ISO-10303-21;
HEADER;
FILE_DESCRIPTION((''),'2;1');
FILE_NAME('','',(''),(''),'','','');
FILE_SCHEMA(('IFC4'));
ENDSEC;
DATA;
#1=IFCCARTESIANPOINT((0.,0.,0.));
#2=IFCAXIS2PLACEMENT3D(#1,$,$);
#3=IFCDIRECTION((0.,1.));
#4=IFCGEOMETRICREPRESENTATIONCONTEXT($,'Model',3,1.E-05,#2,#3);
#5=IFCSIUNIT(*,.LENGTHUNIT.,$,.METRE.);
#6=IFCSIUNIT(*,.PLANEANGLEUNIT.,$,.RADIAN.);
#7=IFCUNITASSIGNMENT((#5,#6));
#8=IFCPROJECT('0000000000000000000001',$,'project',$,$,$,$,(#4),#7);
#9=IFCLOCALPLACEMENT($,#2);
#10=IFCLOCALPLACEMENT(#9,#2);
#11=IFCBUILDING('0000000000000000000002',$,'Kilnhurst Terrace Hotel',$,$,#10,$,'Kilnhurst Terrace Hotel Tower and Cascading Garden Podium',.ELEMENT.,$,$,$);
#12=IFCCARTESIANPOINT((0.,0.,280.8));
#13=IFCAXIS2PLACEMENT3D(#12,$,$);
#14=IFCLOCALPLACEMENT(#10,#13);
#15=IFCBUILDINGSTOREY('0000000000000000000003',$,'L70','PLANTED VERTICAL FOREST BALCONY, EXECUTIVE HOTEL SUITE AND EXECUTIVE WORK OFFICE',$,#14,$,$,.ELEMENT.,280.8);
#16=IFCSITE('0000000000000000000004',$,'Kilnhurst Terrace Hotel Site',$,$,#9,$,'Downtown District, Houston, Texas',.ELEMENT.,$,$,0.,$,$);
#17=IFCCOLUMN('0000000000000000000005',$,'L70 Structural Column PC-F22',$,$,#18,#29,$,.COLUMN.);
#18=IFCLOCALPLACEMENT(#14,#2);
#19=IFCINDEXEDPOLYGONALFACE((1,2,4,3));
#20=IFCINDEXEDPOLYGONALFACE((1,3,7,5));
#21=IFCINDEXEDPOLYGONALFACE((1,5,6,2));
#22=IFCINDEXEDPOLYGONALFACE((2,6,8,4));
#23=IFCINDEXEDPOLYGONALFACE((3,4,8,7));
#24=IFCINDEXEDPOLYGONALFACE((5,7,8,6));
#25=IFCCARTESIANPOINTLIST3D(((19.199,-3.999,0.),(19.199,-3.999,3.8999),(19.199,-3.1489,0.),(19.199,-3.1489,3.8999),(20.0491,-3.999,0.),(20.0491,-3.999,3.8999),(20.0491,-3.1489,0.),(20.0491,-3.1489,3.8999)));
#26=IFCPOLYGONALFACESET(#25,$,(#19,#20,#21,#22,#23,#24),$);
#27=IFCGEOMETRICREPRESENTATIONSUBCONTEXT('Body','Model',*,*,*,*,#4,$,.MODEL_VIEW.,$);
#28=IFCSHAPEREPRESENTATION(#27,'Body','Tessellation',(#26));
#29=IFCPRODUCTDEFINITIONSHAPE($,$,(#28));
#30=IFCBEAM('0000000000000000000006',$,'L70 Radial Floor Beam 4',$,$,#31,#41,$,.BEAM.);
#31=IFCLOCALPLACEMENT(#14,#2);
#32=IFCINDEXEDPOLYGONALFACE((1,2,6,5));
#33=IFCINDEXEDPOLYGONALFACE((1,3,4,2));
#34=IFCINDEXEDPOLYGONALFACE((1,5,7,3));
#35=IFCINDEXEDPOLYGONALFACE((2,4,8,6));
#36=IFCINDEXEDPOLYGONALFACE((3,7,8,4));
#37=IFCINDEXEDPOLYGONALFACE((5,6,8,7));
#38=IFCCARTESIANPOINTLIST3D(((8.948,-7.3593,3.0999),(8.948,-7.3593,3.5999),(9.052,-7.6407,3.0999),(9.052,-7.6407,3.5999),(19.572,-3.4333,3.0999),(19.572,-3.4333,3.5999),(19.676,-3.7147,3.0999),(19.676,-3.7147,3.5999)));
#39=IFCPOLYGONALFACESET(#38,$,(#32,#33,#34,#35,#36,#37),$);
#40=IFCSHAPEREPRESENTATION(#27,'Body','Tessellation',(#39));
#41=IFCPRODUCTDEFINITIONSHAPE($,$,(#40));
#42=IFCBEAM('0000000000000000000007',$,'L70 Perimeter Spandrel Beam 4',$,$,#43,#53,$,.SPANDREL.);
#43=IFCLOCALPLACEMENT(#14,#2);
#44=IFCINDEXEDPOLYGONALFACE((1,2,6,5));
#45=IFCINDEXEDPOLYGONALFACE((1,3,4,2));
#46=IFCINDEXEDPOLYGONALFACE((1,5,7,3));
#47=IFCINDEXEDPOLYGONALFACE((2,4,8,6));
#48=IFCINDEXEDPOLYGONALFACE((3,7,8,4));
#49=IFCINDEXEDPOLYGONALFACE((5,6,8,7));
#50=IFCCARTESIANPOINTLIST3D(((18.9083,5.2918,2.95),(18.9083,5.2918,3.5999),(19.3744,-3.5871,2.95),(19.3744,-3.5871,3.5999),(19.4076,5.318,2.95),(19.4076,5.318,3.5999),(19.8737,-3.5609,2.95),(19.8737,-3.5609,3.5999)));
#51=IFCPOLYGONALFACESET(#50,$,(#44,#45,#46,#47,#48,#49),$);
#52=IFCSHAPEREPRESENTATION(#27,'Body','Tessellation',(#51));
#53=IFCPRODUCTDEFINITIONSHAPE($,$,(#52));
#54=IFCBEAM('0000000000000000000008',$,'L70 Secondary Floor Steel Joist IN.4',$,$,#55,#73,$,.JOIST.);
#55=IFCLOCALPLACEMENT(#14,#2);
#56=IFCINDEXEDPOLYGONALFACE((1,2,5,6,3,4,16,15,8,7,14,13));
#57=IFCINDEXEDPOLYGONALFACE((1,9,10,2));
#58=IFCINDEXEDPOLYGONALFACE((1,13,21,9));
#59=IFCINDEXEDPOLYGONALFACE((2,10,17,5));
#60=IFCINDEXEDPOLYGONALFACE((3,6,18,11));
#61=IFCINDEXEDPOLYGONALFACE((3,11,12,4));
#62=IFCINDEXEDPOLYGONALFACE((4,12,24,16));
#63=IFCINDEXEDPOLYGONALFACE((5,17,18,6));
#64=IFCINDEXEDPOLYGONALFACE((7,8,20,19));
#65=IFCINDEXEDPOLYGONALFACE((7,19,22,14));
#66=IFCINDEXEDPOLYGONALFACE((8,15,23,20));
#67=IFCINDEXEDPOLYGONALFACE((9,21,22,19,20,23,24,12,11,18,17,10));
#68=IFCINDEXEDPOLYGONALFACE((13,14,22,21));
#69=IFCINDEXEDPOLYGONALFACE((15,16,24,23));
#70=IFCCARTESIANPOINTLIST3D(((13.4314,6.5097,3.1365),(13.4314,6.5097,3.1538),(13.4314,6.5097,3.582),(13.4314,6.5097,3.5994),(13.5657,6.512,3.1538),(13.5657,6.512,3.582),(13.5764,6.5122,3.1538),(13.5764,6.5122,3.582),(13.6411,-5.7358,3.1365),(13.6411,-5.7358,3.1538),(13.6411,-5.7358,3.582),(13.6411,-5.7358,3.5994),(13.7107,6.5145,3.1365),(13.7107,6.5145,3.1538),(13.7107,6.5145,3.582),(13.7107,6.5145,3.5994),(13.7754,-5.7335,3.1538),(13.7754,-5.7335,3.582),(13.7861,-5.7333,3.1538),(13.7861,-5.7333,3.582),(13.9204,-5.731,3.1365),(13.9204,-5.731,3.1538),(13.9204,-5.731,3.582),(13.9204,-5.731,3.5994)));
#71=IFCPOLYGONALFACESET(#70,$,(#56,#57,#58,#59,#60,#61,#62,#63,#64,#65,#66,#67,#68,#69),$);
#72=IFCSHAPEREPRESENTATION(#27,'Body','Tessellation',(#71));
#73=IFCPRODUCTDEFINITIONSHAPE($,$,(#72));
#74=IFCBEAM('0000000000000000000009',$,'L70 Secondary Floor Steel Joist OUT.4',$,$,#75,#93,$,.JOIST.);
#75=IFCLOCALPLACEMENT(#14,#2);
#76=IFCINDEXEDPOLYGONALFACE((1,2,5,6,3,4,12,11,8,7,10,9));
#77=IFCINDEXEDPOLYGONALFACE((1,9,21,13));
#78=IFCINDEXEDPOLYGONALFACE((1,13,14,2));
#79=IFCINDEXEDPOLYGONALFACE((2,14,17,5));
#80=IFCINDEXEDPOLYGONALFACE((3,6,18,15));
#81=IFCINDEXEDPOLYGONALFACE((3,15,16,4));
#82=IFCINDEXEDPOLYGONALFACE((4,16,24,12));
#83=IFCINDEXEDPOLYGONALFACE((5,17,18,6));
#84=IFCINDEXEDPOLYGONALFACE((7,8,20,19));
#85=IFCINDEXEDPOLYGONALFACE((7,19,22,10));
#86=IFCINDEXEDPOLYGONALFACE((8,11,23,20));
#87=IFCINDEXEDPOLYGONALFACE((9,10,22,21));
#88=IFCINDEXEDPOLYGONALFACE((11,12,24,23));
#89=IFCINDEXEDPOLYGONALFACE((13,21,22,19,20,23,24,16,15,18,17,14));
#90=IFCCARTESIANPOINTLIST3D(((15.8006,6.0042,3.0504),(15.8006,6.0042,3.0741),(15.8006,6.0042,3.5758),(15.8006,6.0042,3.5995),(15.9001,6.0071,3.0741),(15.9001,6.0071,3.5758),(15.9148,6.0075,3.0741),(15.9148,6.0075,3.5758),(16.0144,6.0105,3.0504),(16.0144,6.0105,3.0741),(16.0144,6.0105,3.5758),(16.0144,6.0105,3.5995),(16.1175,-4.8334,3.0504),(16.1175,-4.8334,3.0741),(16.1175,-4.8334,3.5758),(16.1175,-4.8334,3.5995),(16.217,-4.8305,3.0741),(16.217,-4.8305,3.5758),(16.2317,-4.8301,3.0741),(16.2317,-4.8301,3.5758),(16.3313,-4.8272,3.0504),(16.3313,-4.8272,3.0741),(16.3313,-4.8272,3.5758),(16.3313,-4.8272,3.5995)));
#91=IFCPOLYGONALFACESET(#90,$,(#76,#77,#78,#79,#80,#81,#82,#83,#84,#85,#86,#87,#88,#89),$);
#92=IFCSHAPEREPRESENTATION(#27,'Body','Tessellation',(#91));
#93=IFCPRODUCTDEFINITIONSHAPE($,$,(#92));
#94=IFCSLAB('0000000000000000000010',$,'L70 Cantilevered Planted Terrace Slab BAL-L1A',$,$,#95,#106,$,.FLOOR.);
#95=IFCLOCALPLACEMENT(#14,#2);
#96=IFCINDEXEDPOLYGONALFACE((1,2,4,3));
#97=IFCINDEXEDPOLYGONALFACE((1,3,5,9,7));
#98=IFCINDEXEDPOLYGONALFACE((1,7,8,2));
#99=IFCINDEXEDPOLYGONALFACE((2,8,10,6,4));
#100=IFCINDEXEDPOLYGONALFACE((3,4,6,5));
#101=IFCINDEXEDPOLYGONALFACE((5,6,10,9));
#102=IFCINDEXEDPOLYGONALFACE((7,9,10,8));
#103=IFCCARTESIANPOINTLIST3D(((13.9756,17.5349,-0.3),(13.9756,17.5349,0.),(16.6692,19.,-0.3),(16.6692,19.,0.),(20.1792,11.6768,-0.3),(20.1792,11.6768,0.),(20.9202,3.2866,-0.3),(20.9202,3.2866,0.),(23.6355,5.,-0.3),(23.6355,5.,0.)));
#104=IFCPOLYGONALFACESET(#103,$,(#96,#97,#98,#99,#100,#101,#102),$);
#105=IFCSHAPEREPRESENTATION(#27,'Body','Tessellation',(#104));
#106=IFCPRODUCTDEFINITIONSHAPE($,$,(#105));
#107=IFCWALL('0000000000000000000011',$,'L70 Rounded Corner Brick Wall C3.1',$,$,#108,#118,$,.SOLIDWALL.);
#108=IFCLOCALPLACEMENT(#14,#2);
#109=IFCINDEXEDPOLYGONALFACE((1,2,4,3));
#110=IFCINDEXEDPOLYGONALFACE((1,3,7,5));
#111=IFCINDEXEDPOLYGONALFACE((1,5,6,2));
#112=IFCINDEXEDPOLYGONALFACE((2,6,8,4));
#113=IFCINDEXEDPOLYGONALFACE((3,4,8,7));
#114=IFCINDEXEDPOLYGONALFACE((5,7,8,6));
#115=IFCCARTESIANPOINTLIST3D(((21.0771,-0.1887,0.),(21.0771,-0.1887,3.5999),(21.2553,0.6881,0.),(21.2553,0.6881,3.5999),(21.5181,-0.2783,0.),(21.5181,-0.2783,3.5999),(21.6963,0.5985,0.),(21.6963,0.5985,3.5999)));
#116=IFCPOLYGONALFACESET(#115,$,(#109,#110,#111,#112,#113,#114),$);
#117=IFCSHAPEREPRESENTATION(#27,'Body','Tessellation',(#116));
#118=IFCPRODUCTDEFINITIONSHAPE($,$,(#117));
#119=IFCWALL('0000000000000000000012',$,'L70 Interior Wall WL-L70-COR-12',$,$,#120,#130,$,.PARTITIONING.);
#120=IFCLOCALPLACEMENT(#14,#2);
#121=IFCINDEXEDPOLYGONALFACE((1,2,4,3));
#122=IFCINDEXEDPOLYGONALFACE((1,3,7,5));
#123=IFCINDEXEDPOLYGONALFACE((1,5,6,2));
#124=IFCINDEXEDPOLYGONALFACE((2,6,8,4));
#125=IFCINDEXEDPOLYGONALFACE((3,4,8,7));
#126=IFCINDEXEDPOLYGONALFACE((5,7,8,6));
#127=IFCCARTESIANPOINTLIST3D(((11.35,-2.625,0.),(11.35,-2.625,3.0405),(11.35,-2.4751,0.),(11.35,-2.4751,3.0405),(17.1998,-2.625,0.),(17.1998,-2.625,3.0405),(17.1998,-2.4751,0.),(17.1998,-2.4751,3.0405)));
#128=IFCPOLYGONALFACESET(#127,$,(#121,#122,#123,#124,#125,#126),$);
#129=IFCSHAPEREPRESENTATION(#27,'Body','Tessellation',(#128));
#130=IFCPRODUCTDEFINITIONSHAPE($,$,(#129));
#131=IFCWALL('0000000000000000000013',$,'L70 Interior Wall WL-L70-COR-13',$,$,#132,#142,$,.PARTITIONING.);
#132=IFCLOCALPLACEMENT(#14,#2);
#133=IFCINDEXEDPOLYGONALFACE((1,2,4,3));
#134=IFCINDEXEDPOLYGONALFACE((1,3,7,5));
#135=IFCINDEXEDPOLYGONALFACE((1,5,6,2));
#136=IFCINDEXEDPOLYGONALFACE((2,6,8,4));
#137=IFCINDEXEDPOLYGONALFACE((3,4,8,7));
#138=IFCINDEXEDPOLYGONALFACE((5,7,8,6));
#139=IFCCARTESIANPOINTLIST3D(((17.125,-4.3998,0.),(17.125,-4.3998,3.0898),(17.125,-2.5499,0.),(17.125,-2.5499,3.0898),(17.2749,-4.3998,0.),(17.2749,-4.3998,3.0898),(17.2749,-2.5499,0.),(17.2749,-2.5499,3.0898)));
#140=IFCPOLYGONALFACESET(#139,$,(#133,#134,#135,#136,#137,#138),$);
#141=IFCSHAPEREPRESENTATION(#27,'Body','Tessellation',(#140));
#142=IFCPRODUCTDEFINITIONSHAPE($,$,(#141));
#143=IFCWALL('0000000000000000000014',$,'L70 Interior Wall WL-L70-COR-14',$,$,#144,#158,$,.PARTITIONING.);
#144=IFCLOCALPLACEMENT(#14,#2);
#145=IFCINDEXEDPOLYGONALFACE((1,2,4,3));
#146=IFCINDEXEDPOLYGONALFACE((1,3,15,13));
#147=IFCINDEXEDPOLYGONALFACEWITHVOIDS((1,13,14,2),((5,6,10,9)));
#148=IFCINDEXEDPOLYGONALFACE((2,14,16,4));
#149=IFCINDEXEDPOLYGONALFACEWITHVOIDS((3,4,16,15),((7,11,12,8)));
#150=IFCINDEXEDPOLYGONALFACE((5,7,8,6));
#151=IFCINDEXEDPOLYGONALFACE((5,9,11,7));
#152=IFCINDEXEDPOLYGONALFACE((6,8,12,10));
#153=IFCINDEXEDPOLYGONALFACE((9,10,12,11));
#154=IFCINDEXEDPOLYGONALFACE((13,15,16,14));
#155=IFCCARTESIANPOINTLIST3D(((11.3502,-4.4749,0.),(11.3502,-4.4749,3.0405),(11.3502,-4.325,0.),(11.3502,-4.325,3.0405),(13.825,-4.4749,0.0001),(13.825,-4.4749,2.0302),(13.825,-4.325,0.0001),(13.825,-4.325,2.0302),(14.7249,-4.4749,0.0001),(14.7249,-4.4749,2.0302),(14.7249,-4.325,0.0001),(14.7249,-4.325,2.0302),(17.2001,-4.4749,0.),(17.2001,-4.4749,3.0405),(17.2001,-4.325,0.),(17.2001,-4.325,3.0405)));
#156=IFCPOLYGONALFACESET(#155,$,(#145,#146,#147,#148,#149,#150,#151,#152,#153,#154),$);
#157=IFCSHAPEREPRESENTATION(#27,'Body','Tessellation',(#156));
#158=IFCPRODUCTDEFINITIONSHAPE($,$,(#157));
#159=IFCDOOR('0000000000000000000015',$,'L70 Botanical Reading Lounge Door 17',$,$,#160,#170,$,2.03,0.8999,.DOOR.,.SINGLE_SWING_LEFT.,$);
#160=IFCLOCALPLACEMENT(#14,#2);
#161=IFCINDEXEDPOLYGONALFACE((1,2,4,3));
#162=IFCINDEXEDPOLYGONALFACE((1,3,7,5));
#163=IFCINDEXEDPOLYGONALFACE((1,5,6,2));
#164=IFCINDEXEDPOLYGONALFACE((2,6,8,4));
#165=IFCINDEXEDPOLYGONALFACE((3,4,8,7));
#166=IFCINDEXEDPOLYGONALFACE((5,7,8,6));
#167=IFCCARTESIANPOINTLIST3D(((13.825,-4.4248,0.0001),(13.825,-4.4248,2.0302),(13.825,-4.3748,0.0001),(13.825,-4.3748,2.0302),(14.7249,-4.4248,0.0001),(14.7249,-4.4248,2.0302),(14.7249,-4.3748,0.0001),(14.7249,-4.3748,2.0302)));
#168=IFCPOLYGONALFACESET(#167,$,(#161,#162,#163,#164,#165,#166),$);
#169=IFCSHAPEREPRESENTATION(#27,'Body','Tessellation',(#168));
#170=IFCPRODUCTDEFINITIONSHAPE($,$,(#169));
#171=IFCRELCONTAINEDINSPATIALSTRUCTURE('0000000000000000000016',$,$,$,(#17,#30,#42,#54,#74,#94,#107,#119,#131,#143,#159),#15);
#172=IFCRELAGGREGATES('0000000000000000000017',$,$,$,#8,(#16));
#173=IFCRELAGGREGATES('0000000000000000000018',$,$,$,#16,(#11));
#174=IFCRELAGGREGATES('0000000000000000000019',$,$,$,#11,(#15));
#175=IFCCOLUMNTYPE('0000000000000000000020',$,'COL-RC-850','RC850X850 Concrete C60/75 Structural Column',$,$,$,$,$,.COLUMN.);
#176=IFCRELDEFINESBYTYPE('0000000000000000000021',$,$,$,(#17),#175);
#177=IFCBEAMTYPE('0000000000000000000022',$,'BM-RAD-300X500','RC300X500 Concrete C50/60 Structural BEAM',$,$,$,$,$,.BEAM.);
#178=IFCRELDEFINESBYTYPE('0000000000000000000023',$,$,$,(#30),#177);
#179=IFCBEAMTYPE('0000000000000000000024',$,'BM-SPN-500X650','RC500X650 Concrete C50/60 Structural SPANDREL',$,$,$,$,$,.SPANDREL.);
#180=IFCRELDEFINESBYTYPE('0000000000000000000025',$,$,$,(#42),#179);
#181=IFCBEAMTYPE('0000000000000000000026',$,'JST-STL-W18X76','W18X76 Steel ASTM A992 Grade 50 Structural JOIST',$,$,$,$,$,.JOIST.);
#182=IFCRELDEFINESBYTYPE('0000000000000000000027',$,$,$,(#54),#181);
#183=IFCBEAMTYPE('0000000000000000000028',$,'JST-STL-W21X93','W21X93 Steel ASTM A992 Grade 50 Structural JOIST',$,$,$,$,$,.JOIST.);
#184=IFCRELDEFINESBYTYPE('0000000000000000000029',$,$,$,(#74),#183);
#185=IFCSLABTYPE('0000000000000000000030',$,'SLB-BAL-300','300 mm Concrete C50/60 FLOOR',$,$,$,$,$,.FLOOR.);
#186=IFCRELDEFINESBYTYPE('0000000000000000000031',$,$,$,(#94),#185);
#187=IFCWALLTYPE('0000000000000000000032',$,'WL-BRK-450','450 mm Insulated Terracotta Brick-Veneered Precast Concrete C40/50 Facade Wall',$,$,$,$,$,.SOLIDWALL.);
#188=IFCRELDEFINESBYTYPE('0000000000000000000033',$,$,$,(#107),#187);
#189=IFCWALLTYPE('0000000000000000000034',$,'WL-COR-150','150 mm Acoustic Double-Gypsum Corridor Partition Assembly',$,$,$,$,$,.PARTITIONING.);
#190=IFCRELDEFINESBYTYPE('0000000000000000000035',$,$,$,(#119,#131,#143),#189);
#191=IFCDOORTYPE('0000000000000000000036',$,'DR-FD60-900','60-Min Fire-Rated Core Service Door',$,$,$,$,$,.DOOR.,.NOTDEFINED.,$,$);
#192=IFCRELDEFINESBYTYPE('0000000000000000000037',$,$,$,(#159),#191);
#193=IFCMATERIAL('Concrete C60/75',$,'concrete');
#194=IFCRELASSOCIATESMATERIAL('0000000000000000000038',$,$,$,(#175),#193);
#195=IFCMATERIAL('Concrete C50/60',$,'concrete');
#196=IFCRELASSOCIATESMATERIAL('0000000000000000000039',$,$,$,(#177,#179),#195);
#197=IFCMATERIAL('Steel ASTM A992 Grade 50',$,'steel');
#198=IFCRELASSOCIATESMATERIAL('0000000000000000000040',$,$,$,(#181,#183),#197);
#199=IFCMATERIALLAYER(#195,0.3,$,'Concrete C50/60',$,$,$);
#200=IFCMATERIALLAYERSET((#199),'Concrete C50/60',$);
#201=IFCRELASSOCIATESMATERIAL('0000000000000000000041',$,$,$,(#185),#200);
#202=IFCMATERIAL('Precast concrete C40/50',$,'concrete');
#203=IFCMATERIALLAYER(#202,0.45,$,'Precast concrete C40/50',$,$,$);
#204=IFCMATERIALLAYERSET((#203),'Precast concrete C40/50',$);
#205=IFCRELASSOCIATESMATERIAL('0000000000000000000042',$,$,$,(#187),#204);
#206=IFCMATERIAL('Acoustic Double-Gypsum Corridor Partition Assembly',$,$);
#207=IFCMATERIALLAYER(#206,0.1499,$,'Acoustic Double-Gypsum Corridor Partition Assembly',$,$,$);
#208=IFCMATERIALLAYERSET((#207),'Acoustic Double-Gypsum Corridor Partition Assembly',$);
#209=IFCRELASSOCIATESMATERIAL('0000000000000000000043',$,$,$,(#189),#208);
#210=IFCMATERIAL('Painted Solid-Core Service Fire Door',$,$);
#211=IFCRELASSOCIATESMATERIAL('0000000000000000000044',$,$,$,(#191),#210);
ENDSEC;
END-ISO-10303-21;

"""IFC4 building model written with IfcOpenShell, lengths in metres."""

from ifc_helpers import new_model, si_unit, direction, frame, frame_2d, origin, origin_2d, place, context, subcontext, project, spatial, polyline, rectangle, i_section, outline, extrude, material, layer, layer_set, material_profile, profile_set, type_object, element, fill, save


model = new_model("IFC4")

# Units and contexts
model_context = context("Model", 3, precision=1e-05, world=origin(), true_north=direction((0.0, 1.0)))
body_context = subcontext(model_context, "Body", "Model", "MODEL_VIEW")
ifc_project = project(units=[si_unit("LENGTHUNIT", "METRE"), si_unit("PLANEANGLEUNIT", "RADIAN")], contexts=[model_context])

# Site, building, storey
site_placement = place(None, origin())
site = spatial("IfcSite", under=ifc_project, at=site_placement, Name="Kilnhurst Terrace Hotel Site", LongName="Downtown District, Houston, Texas", CompositionType="ELEMENT", RefElevation=0.0)
building_placement = place(site_placement, origin())
building = spatial("IfcBuilding", under=site, at=building_placement, Name="Kilnhurst Terrace Hotel", LongName="Kilnhurst Terrace Hotel Tower and Cascading Garden Podium", CompositionType="ELEMENT")
storey_placement = place(building_placement, frame((0.0, 0.0, 280.8)))
storey = spatial("IfcBuildingStorey", under=building, at=storey_placement, Name="L70", Description="PLANTED VERTICAL FOREST BALCONY, EXECUTIVE HOTEL SUITE AND EXECUTIVE WORK OFFICE", CompositionType="ELEMENT", Elevation=280.8)

# Column
ifc_material_1 = material(Name="Concrete C60/75", Category="concrete")
ifc_material_profile_1 = material_profile(ifc_material_1, rectangle(XDim=0.8501, YDim=0.8501, at=origin_2d()), Name="RC850X850")
ifc_profile_set_1 = profile_set([ifc_material_profile_1], Name="Concrete C60/75")
column_type = type_object("IfcColumnType", Name="COL-RC-850", Description="RC850X850 Concrete C60/75 Structural Column", PredefinedType="COLUMN", material=ifc_profile_set_1)
column_placement = place(storey_placement, frame((19.624, -3.574, 0.0), z_axis=(0.0, 0.0, 1.0), x_axis=(1.0, 0.0, 0.0)))
element("IfcColumn", 1, at=column_placement, inside=storey, type_object=column_type, Name="L70 Structural Column PC-F22", PredefinedType="COLUMN", context=body_context, shape_type="SweptSolid", body=[
    extrude(rectangle(XDim=0.8501, YDim=0.8501, at=origin_2d()), origin(), (0.0, 0.0, 1.0), 3.8999),
])

# Beams
ifc_material_2 = material(Name="Concrete C50/60", Category="concrete")
ifc_material_profile_2 = material_profile(ifc_material_2, rectangle(XDim=0.3, YDim=0.5, at=origin_2d()), Name="RC300X500")
ifc_profile_set_2 = profile_set([ifc_material_profile_2], Name="Concrete C50/60")
beam_type_1 = type_object("IfcBeamType", Name="BM-RAD-300X500", Description="RC300X500 Concrete C50/60 Structural BEAM", PredefinedType="BEAM", material=ifc_profile_set_2)
beam_1_placement = place(storey_placement, frame((9.0, -7.5, 3.3499), z_axis=(0.938002, 0.346631, 0.0), x_axis=(-0.346631, 0.938002, 0.0)))
element("IfcBeam", 2, at=beam_1_placement, inside=storey, type_object=beam_type_1, Name="L70 Radial Floor Beam 4", PredefinedType="BEAM", context=body_context, shape_type="SweptSolid", body=[
    extrude(rectangle(XDim=0.3, YDim=0.5, at=origin_2d()), origin(), (0.0, 0.0, 1.0), 11.3262),
])
ifc_material_profile_3 = material_profile(ifc_material_2, rectangle(XDim=0.5, YDim=0.6499, at=origin_2d()), Name="RC500X650")
ifc_profile_set_3 = profile_set([ifc_material_profile_3], Name="Concrete C50/60")
beam_type_2 = type_object("IfcBeamType", Name="BM-SPN-500X650", Description="RC500X650 Concrete C50/60 Structural SPANDREL", PredefinedType="SPANDREL", material=ifc_profile_set_3)
beam_2_placement = place(storey_placement, frame((19.624, -3.574, 3.2749), z_axis=(-0.052419, 0.998625, 0.0), x_axis=(-0.998625, -0.052419, 0.0)))
element("IfcBeam", 3, at=beam_2_placement, inside=storey, type_object=beam_type_2, Name="L70 Perimeter Spandrel Beam 4", PredefinedType="SPANDREL", context=body_context, shape_type="SweptSolid", body=[
    extrude(rectangle(XDim=0.5, YDim=0.6499, at=origin_2d()), origin(), (0.0, 0.0, 1.0), 8.8911),
])
ifc_material_3 = material(Name="Steel ASTM A992 Grade 50", Category="steel")
ifc_material_profile_4 = material_profile(ifc_material_3, i_section(OverallWidth=0.2793, OverallDepth=0.4629, WebThickness=0.0107, FlangeThickness=0.0173, at=origin_2d()), Name="W18X76")
ifc_profile_set_4 = profile_set([ifc_material_profile_4], Name="Steel ASTM A992 Grade 50")
beam_type_3 = type_object("IfcBeamType", Name="JST-STL-W18X76", Description="W18X76 Steel ASTM A992 Grade 50 Structural JOIST", PredefinedType="JOIST", material=ifc_profile_set_4)
beam_3_placement = place(storey_placement, frame((13.7808, -5.7334, 3.3679), z_axis=(-0.017123, 0.999853, 0.0), x_axis=(-0.999853, -0.017123, 0.0)))
element("IfcBeam", 4, at=beam_3_placement, inside=storey, type_object=beam_type_3, Name="L70 Secondary Floor Steel Joist IN.4", PredefinedType="JOIST", context=body_context, shape_type="SweptSolid", body=[
    extrude(i_section(OverallWidth=0.2793, OverallDepth=0.4629, WebThickness=0.0107, FlangeThickness=0.0173, at=origin_2d()), origin(), (0.0, 0.0, 1.0), 12.2473),
])
ifc_material_profile_5 = material_profile(ifc_material_3, i_section(OverallWidth=0.2139, OverallDepth=0.5491, WebThickness=0.0146, FlangeThickness=0.0237, at=origin_2d()), Name="W21X93")
ifc_profile_set_5 = profile_set([ifc_material_profile_5], Name="Steel ASTM A992 Grade 50")
beam_type_4 = type_object("IfcBeamType", Name="JST-STL-W21X93", Description="W21X93 Steel ASTM A992 Grade 50 Structural JOIST", PredefinedType="JOIST", material=ifc_profile_set_5)
beam_4_placement = place(storey_placement, frame((16.2244, -4.8303, 3.325), z_axis=(-0.029228, 0.999573, 0.0), x_axis=(-0.999573, -0.029228, 0.0)))
element("IfcBeam", 5, at=beam_4_placement, inside=storey, type_object=beam_type_4, Name="L70 Secondary Floor Steel Joist OUT.4", PredefinedType="JOIST", context=body_context, shape_type="SweptSolid", body=[
    extrude(i_section(OverallWidth=0.2139, OverallDepth=0.5491, WebThickness=0.0146, FlangeThickness=0.0237, at=origin_2d()), origin(), (0.0, 0.0, 1.0), 10.8423),
])

# Slab
ifc_layer_1 = layer(ifc_material_2, 0.3, Name="Concrete C50/60")
ifc_layer_set_1 = layer_set([ifc_layer_1], Name="Concrete C50/60")
slab_type = type_object("IfcSlabType", Name="SLB-BAL-300", Description="300 mm Concrete C50/60 FLOOR", PredefinedType="FLOOR", material=ifc_layer_set_1)
slab_placement = place(storey_placement, frame((0.0, 0.0, -0.3)))
element("IfcSlab", 6, at=slab_placement, inside=storey, type_object=slab_type, Name="L70 Cantilevered Planted Terrace Slab BAL-L1A", PredefinedType="FLOOR", context=body_context, shape_type="SweptSolid", body=[
    extrude(outline(polyline([(20.1792, 11.6768), (23.6355, 5.0), (20.9202, 3.2866), (13.9756, 17.5349), (16.6692, 19.0), (20.1792, 11.6768)])), origin(), (0.0, 0.0, 1.0), 0.3),
])

# Walls
ifc_material_4 = material(Name="Precast concrete C40/50", Category="concrete")
ifc_layer_2 = layer(ifc_material_4, 0.45, Name="Precast concrete C40/50")
ifc_layer_set_2 = layer_set([ifc_layer_2], Name="Precast concrete C40/50")
wall_type_1 = type_object("IfcWallType", Name="WL-BRK-450", Description="450 mm Insulated Terracotta Brick-Veneered Precast Concrete C40/50 Facade Wall", PredefinedType="SOLIDWALL", material=ifc_layer_set_2)
wall_1_placement = place(storey_placement, frame((21.2976, -0.2334, 0.0), z_axis=(0.0, 0.0, 1.0), x_axis=(0.199158, 0.979967, 0.0)))
element("IfcWall", 7, at=wall_1_placement, inside=storey, type_object=wall_type_1, Name="L70 Rounded Corner Brick Wall C3.1", PredefinedType="SOLIDWALL", context=body_context, shape_type="SweptSolid", body=[
    extrude(rectangle(XDim=0.8948, YDim=0.45, at=frame_2d((0.4473, 0.0))), origin(), (0.0, 0.0, 1.0), 3.5999),
])
ifc_material_5 = material(Name="Acoustic Double-Gypsum Corridor Partition Assembly")
ifc_layer_3 = layer(ifc_material_5, 0.1499, Name="Acoustic Double-Gypsum Corridor Partition Assembly")
ifc_layer_set_3 = layer_set([ifc_layer_3], Name="Acoustic Double-Gypsum Corridor Partition Assembly")
wall_type_2 = type_object("IfcWallType", Name="WL-COR-150", Description="150 mm Acoustic Double-Gypsum Corridor Partition Assembly", PredefinedType="PARTITIONING", material=ifc_layer_set_3)
wall_2_placement = place(storey_placement, frame((11.3501, -2.55, 0.0), z_axis=(0.0, 0.0, 1.0), x_axis=(1.0, 0.0, 0.0)))
element("IfcWall", 8, at=wall_2_placement, inside=storey, type_object=wall_type_2, Name="L70 Interior Wall WL-L70-COR-12", PredefinedType="PARTITIONING", context=body_context, shape_type="SweptSolid", body=[
    extrude(rectangle(XDim=5.8499, YDim=0.1499, at=frame_2d((2.9248, 0.0))), origin(), (0.0, 0.0, 1.0), 3.0405),
])
wall_3_placement = place(storey_placement, frame((17.2, -2.55, 0.0), z_axis=(0.0, 0.0, 1.0), x_axis=(0.0, -1.0, 0.0)))
element("IfcWall", 9, at=wall_3_placement, inside=storey, type_object=wall_type_2, Name="L70 Interior Wall WL-L70-COR-13", PredefinedType="PARTITIONING", context=body_context, shape_type="SweptSolid", body=[
    extrude(rectangle(XDim=1.8499, YDim=0.1499, at=frame_2d((0.9248, 0.0))), origin(), (0.0, 0.0, 1.0), 3.0898),
])

# Wall, opening, door
wall_4_placement = place(storey_placement, frame((17.2, -4.3999, 0.0), z_axis=(0.0, 0.0, 1.0), x_axis=(-1.0, 0.0, 0.0)))
wall_4 = element("IfcWall", 10, at=wall_4_placement, inside=storey, type_object=wall_type_2, Name="L70 Interior Wall WL-L70-COR-14", PredefinedType="PARTITIONING", context=body_context, shape_type="SweptSolid", body=[
    extrude(rectangle(XDim=5.8499, YDim=0.1499, at=frame_2d((2.9248, 0.0))), origin(), (0.0, 0.0, 1.0), 3.0405),
])
opening_1_placement = place(wall_4_placement, frame((2.4751, 0.0, 0.0)))
opening_1 = element("IfcOpeningElement", 11, at=opening_1_placement, cuts=wall_4, PredefinedType="OPENING", context=body_context, shape_type="SweptSolid", body=[
    extrude(rectangle(XDim=0.8999, YDim=2.03, at=frame_2d((0.45, 1.0151))), frame((0.0, 0.085, 0.0), z_axis=(0.0, -1.0, 0.0), x_axis=(1.0, 0.0, 0.0)), (0.0, 0.0, 1.0), 0.1699),
])
ifc_material_6 = material(Name="Painted Solid-Core Service Fire Door")
door_type_1 = type_object("IfcDoorType", Name="DR-FD60-900", Description="60-Min Fire-Rated Core Service Door", OperationType="NOTDEFINED", PredefinedType="DOOR", material=ifc_material_6)
door_1_placement = place(opening_1_placement, origin())
door_1 = element("IfcDoor", 12, at=door_1_placement, inside=storey, type_object=door_type_1, Name="L70 Botanical Reading Lounge Door 17", OperationType="SINGLE_SWING_LEFT", OverallHeight=2.03, OverallWidth=0.8999, PredefinedType="DOOR", context=body_context, shape_type="SweptSolid", body=[
    extrude(rectangle(XDim=0.8999, YDim=2.03, at=frame_2d((0.45, 1.0151))), frame((0.0, 0.0249, 0.0), z_axis=(0.0, -1.0, 0.0), x_axis=(1.0, 0.0, 0.0)), (0.0, 0.0, 1.0), 0.05),
])
fill(opening_1, door_1)

save(model, "model.ifc")
